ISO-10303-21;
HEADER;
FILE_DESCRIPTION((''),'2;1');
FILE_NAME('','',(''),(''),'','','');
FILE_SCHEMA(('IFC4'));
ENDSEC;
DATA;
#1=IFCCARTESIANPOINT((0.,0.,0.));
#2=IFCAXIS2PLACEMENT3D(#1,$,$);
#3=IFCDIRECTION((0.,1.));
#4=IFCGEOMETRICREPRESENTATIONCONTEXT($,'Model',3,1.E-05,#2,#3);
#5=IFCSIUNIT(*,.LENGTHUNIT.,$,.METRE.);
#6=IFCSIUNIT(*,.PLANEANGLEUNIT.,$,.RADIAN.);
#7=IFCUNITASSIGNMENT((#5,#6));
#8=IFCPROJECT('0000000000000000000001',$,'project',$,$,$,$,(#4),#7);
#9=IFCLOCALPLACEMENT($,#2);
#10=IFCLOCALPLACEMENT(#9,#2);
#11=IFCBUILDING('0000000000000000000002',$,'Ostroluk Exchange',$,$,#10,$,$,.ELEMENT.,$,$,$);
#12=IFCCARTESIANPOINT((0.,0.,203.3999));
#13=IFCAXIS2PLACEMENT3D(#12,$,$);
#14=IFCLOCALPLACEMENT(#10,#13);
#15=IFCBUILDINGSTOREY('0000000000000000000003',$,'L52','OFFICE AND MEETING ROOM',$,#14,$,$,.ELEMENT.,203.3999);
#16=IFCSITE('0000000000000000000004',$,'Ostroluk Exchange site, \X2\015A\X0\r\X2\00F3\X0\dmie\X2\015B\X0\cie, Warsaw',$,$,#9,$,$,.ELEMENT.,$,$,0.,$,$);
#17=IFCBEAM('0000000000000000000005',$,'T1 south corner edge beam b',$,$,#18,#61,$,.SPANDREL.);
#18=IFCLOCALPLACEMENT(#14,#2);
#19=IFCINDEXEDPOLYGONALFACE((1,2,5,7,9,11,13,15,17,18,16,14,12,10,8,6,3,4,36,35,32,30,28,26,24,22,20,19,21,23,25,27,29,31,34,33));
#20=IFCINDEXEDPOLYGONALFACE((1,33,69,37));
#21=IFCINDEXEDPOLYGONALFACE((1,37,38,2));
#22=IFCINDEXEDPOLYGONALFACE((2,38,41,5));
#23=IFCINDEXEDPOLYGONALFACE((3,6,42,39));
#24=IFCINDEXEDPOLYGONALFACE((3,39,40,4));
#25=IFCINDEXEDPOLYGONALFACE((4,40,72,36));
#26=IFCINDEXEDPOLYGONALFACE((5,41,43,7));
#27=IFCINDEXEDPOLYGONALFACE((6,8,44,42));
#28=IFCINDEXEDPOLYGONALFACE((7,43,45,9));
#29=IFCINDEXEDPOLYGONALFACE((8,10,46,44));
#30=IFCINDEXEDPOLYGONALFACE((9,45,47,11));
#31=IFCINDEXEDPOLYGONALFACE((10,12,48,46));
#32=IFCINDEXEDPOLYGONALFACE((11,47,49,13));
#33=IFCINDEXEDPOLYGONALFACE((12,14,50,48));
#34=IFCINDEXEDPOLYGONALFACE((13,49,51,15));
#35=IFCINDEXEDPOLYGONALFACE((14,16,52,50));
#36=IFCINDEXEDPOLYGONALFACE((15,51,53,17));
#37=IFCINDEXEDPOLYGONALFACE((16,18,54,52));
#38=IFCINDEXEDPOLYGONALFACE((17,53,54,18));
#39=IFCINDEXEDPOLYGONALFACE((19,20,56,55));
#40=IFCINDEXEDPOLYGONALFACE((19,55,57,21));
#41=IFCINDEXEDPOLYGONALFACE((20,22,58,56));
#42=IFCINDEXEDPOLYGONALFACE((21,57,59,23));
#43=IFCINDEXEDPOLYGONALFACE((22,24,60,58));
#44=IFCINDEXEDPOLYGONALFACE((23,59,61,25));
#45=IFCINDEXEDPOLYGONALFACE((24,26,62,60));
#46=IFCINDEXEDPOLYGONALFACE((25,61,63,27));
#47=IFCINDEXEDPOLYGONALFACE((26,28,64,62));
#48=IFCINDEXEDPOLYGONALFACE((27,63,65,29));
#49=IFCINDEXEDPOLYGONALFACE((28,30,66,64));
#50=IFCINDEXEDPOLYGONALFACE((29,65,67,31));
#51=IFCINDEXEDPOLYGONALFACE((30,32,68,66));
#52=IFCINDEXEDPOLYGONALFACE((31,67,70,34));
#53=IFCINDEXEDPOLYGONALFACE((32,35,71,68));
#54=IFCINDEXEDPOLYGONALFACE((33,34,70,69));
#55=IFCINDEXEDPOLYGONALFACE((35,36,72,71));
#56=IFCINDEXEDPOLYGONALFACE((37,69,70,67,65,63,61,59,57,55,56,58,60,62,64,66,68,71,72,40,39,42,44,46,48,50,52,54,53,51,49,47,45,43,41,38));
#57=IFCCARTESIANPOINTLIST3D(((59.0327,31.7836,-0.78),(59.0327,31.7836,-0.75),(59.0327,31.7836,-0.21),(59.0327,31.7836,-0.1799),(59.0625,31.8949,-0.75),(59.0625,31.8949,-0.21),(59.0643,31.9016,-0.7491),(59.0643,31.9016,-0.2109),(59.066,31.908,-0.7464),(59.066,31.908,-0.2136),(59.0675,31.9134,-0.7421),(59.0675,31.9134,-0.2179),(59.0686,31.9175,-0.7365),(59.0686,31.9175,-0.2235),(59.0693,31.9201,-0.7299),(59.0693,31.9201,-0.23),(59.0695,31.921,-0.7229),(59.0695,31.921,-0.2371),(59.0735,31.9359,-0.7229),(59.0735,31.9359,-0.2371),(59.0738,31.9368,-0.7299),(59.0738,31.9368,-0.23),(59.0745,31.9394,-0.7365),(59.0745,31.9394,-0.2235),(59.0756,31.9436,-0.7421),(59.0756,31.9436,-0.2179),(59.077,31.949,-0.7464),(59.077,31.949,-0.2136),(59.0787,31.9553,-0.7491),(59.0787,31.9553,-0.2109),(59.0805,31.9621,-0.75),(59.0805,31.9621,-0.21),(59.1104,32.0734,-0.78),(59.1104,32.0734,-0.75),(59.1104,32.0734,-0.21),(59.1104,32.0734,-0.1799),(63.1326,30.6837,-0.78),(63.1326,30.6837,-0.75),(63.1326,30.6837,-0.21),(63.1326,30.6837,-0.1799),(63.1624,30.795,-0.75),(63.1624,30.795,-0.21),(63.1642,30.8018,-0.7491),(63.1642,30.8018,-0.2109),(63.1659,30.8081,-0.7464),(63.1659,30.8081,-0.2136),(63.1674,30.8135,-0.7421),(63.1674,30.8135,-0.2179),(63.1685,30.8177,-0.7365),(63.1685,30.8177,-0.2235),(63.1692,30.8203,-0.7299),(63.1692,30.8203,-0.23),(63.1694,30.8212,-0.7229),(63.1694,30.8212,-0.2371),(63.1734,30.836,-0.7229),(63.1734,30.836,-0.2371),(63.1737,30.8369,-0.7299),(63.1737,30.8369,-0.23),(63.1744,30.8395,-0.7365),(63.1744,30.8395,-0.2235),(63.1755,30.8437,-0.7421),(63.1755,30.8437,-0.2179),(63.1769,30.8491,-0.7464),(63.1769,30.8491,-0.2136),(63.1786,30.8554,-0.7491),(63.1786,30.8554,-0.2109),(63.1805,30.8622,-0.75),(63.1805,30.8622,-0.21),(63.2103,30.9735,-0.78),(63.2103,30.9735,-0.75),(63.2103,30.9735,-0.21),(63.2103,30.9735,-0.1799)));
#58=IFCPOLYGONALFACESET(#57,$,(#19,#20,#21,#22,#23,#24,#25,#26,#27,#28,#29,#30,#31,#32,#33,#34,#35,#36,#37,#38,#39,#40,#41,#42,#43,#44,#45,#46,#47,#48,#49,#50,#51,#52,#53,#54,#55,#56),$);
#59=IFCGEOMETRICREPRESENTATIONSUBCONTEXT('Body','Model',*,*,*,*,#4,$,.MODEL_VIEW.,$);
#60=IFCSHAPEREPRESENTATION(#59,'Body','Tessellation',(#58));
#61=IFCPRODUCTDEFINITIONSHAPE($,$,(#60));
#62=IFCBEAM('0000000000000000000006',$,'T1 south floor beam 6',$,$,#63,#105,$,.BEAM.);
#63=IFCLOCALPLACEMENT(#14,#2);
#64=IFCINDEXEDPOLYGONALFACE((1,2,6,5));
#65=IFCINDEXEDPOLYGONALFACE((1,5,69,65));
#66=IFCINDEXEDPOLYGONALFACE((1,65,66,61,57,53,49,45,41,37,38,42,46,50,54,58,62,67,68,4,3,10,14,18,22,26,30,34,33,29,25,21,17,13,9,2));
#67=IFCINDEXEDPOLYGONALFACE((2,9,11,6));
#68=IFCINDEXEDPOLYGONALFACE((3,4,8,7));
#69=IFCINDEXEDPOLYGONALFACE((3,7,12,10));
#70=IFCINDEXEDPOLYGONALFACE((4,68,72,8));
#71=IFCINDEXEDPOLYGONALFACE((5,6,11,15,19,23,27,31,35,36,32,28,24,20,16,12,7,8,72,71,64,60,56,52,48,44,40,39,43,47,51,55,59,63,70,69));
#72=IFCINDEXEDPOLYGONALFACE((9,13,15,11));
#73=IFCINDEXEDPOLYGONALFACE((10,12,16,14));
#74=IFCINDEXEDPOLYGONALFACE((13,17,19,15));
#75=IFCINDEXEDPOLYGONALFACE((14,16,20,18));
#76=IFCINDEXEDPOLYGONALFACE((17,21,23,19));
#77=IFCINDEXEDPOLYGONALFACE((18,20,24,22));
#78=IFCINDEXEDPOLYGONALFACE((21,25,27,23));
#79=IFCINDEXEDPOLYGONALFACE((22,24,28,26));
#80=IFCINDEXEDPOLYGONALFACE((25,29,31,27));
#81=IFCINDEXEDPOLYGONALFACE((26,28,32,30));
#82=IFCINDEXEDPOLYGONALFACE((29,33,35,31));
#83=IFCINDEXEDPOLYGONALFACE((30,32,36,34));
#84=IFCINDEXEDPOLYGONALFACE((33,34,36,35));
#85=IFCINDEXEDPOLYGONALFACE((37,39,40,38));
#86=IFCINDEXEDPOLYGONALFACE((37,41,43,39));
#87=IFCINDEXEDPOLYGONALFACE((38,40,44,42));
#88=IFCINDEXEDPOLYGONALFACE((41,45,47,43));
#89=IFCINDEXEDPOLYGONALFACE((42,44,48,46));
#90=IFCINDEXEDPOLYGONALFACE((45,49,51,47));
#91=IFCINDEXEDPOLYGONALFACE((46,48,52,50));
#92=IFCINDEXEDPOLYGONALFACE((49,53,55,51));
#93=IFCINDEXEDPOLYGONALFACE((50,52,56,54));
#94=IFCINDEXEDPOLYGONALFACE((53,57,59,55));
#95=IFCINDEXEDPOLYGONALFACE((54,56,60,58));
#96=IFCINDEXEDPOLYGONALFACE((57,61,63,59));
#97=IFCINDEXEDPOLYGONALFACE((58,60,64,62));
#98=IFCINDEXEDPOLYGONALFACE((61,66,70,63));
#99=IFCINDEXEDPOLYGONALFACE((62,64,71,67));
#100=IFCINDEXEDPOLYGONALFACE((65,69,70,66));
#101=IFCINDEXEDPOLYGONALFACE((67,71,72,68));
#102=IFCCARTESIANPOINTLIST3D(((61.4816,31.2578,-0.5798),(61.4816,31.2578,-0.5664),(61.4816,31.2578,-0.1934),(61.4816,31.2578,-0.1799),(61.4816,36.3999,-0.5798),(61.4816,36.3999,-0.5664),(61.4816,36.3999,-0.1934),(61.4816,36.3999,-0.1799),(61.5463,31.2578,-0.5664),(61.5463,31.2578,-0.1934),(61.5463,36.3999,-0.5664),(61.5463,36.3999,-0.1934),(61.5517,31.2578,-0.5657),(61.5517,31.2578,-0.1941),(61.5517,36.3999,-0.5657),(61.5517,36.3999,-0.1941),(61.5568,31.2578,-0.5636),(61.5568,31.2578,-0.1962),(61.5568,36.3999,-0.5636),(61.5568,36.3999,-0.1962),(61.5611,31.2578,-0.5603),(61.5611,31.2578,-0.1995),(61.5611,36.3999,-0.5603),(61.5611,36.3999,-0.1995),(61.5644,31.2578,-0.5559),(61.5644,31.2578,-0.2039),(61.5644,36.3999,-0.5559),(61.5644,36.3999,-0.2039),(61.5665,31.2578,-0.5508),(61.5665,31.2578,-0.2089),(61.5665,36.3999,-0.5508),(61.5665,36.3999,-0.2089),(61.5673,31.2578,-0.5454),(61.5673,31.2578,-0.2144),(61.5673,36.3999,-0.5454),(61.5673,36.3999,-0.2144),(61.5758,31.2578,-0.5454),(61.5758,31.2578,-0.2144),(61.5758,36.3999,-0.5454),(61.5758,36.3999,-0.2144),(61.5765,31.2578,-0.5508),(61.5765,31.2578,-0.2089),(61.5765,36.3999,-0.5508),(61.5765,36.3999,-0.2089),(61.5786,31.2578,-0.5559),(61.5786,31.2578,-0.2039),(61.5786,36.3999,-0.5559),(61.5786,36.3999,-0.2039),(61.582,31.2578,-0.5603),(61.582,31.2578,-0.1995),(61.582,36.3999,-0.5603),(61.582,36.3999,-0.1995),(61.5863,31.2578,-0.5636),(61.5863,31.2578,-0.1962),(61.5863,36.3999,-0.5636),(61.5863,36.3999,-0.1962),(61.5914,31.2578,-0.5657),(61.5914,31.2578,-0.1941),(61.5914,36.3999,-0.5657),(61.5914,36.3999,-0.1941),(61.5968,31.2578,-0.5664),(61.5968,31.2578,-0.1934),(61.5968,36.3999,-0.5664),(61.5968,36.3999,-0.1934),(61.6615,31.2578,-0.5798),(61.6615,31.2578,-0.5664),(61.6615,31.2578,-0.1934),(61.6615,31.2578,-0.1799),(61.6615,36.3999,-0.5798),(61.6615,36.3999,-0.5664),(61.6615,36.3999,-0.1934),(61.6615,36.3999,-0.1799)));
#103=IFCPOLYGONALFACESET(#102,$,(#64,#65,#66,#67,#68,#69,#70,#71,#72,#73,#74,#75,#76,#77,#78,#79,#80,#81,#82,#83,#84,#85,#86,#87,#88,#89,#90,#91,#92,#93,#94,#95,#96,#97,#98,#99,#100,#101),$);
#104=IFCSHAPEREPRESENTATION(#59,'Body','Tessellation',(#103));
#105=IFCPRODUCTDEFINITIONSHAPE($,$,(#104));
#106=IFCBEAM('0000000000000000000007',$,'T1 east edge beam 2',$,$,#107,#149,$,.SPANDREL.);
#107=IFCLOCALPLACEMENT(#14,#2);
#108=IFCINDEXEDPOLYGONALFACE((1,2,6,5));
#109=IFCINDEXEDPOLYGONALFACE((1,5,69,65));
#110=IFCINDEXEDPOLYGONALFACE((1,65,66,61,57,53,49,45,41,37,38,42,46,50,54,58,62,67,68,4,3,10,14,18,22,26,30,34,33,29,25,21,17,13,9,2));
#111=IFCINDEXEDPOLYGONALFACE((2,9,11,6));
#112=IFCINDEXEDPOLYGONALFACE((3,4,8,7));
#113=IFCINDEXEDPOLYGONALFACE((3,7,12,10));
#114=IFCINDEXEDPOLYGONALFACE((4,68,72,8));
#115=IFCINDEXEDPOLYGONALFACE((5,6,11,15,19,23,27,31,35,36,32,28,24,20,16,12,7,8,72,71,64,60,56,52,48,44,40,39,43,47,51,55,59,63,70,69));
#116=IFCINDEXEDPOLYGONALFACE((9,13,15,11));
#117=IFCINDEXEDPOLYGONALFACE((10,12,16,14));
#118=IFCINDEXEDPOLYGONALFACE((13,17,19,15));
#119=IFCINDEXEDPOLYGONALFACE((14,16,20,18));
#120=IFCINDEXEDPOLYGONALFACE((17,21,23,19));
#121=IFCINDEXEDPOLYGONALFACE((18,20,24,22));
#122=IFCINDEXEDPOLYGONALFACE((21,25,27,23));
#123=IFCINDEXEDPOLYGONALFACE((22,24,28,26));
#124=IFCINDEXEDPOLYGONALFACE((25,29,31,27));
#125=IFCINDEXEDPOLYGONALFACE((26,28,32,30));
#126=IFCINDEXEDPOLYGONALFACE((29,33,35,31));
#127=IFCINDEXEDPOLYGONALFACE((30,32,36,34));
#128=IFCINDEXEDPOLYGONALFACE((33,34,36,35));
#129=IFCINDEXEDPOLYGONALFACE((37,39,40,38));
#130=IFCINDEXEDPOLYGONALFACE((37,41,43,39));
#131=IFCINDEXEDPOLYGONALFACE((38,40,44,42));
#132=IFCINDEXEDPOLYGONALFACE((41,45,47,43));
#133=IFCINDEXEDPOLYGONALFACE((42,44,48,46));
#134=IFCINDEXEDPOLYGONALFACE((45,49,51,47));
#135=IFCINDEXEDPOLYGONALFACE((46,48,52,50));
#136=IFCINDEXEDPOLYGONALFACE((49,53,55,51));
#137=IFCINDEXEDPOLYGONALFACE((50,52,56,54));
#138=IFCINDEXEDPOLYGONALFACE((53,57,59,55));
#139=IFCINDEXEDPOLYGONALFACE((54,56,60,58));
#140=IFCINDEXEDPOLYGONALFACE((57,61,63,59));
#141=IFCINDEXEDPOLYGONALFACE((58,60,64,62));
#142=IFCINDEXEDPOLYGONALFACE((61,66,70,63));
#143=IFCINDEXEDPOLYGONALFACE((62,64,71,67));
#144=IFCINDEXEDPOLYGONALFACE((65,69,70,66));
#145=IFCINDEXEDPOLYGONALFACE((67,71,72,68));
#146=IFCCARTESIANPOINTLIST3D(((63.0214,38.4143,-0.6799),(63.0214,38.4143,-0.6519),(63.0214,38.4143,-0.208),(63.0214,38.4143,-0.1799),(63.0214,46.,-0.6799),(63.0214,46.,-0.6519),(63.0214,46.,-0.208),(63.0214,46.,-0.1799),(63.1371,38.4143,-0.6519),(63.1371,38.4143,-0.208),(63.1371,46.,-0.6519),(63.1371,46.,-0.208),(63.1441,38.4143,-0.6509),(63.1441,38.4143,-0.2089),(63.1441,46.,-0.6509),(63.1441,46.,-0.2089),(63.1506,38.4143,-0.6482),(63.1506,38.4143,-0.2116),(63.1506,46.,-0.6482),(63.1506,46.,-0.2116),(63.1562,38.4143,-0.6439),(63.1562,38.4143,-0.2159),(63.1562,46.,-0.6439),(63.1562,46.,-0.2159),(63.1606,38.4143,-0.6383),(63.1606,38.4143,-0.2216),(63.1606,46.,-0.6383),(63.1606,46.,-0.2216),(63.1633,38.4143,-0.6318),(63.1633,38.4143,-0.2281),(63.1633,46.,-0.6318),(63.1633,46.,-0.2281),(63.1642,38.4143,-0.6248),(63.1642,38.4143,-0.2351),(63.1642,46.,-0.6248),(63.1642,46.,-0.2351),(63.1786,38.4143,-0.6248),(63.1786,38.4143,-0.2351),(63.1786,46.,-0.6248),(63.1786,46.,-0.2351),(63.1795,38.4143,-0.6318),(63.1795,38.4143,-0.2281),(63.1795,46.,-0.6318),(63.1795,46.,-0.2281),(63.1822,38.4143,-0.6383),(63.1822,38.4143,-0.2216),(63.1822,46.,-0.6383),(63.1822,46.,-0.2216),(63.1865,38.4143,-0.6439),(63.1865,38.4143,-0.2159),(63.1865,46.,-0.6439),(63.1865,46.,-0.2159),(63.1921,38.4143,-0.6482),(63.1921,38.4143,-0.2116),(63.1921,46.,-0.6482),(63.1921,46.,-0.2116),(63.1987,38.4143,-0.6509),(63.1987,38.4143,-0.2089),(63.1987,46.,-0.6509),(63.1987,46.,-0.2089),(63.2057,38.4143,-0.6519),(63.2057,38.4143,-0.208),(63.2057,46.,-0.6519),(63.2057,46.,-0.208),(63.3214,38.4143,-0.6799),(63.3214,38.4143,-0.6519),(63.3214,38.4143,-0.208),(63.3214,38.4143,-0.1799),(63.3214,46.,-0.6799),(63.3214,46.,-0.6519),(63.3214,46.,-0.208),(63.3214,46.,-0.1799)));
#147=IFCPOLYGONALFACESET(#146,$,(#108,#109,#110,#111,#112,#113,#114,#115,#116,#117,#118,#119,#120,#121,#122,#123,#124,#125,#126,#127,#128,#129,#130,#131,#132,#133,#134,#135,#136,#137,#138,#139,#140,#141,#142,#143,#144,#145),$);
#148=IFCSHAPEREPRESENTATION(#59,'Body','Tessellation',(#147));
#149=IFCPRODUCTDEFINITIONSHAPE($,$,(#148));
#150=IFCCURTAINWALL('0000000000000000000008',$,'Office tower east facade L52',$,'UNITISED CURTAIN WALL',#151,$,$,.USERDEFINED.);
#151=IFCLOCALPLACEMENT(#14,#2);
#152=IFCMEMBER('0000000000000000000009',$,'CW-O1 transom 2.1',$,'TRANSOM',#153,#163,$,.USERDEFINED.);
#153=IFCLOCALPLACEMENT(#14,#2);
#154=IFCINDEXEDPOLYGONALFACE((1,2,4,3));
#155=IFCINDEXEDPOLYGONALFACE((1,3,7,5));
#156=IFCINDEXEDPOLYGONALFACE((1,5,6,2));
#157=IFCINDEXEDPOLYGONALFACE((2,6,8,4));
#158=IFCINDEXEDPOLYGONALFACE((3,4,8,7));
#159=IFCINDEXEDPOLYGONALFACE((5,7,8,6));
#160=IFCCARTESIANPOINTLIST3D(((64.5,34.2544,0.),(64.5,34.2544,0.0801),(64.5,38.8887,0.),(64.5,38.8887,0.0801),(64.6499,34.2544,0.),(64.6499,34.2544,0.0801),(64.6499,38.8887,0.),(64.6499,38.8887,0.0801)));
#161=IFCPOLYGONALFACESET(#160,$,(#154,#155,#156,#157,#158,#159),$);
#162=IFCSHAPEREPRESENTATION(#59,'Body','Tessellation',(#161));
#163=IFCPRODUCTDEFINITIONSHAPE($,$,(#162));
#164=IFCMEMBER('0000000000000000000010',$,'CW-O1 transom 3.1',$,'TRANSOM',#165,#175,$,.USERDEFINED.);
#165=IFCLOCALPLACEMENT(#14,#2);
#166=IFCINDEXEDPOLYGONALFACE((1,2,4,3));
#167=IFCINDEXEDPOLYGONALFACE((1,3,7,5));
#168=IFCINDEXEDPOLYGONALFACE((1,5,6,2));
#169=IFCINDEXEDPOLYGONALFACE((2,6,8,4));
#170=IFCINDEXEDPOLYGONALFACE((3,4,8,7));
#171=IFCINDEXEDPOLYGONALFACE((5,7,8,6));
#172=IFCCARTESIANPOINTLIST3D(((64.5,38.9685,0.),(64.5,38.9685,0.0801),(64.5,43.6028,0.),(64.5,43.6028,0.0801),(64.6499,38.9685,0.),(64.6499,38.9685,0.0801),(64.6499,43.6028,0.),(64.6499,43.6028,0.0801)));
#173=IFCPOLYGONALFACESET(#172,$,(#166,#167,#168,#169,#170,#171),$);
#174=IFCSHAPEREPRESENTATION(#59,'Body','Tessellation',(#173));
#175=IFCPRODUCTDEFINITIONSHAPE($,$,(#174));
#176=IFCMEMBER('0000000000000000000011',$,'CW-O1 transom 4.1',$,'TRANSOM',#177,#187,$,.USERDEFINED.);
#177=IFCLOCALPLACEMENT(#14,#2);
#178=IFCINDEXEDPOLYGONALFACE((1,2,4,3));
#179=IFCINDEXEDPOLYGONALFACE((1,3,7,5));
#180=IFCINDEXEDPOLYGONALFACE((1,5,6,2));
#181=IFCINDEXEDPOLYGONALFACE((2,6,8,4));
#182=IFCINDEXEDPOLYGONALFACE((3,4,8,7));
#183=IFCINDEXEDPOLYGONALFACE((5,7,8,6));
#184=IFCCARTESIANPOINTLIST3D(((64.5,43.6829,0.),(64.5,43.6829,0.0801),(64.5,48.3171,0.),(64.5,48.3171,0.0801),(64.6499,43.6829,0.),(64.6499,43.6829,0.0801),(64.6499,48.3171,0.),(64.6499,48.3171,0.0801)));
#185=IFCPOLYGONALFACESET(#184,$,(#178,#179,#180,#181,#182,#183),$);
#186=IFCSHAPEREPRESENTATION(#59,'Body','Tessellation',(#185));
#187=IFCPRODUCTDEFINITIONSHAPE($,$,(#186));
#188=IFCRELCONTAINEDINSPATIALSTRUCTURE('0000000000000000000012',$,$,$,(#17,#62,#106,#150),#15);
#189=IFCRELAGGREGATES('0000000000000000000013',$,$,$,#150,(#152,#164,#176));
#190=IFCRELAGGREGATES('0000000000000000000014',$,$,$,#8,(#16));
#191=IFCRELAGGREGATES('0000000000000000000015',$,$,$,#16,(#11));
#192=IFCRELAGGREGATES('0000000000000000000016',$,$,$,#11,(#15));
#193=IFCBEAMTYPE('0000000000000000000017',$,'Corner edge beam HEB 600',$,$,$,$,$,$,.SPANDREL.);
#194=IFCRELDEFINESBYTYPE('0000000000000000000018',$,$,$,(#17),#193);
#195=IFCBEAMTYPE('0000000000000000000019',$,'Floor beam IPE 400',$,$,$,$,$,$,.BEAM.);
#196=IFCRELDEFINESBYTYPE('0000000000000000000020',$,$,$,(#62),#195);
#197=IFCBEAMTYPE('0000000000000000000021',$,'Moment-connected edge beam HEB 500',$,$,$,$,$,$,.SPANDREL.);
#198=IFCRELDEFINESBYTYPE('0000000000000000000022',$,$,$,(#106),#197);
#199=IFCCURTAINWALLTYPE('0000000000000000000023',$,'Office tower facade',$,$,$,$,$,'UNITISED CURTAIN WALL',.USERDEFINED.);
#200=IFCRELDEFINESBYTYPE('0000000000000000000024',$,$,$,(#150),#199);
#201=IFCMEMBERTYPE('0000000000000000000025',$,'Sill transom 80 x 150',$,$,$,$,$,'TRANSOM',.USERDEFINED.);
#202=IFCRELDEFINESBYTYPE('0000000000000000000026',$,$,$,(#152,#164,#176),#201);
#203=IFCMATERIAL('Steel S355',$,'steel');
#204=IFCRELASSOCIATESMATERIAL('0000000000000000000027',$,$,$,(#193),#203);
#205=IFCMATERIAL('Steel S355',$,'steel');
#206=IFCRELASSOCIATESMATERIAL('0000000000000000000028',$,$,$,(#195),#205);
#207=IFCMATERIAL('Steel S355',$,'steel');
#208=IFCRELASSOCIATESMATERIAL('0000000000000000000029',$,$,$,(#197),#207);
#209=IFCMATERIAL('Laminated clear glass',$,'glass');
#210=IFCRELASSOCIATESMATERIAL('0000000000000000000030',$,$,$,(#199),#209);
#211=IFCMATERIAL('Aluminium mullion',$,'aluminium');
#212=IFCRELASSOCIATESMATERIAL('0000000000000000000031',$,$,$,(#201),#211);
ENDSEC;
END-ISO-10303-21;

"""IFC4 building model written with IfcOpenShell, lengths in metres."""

from ifc_helpers import new_model, si_unit, direction, frame, origin, origin_2d, place, context, subcontext, project, spatial, rectangle, i_section, extrude, material, material_profile, profile_set, type_object, element, aggregate, save


model = new_model("IFC4")

# Units and contexts
model_context = context("Model", 3, precision=1e-05, world=origin(), true_north=direction((0.0, 1.0)))
body_context = subcontext(model_context, "Body", "Model", "MODEL_VIEW")
ifc_project = project(units=[si_unit("LENGTHUNIT", "METRE"), si_unit("PLANEANGLEUNIT", "RADIAN")], contexts=[model_context])

# Site, building, storey
site_placement = place(None, origin())
site = spatial("IfcSite", under=ifc_project, at=site_placement, Name="Ostroluk Exchange site, Śródmieście, Warsaw", CompositionType="ELEMENT", RefElevation=0.0)
building_placement = place(site_placement, origin())
building = spatial("IfcBuilding", under=site, at=building_placement, Name="Ostroluk Exchange", CompositionType="ELEMENT")
storey_placement = place(building_placement, frame((0.0, 0.0, 203.3999)))
storey = spatial("IfcBuildingStorey", under=building, at=storey_placement, Name="L52", Description="OFFICE AND MEETING ROOM", CompositionType="ELEMENT", Elevation=203.3999)

# Beams
ifc_material_1 = material(Name="Steel S355", Category="steel")
ifc_material_profile_1 = material_profile(ifc_material_1, i_section(OverallWidth=0.3, OverallDepth=0.6001, WebThickness=0.0154, FlangeThickness=0.03, FilletRadius=0.0271, at=origin_2d()), Name="HEB 600")
ifc_profile_set_1 = profile_set([ifc_material_profile_1], Name="Steel S355")
beam_type_1 = type_object("IfcBeamType", Name="Corner edge beam HEB 600", PredefinedType="SPANDREL", material=ifc_profile_set_1)
for number, where, z_axis, x_axis, name in (
    (1, (59.0715, 31.9285, -0.48), (0.965849, -0.259105, 0.0), (0.259105, 0.965849, 0.0), "T1 south corner edge beam b"),
):
    element("IfcBeam", number, at=place(storey_placement, frame(where, z_axis=z_axis, x_axis=x_axis)), inside=storey, type_object=beam_type_1, Name=name, PredefinedType="SPANDREL", context=body_context, shape_type="SweptSolid", body=[
        extrude(i_section(OverallWidth=0.3, OverallDepth=0.6001, WebThickness=0.0154, FlangeThickness=0.03, FilletRadius=0.0271, at=origin_2d()), origin(), (0.0, 0.0, 1.0), 4.2449),
    ])
ifc_material_2 = material(Name="Steel S355", Category="steel")
ifc_material_profile_2 = material_profile(ifc_material_2, i_section(OverallWidth=0.1799, OverallDepth=0.3999, WebThickness=0.0085, FlangeThickness=0.0134, FilletRadius=0.021, at=origin_2d()), Name="IPE 400")
ifc_profile_set_2 = profile_set([ifc_material_profile_2], Name="Steel S355")
beam_type_2 = type_object("IfcBeamType", Name="Floor beam IPE 400", PredefinedType="BEAM", material=ifc_profile_set_2)
beam_1_placement = place(storey_placement, frame((61.5715, 36.3999, -0.3799), z_axis=(0.0, -1.0, 0.0), x_axis=(1.0, 0.0, 0.0)))
element("IfcBeam", 2, at=beam_1_placement, inside=storey, type_object=beam_type_2, Name="T1 south floor beam 6", PredefinedType="BEAM", context=body_context, shape_type="SweptSolid", body=[
    extrude(i_section(OverallWidth=0.1799, OverallDepth=0.3999, WebThickness=0.0085, FlangeThickness=0.0134, FilletRadius=0.021, at=origin_2d()), origin(), (0.0, 0.0, 1.0), 5.1421),
])
ifc_material_3 = material(Name="Steel S355", Category="steel")
ifc_material_profile_3 = material_profile(ifc_material_3, i_section(OverallWidth=0.3, OverallDepth=0.5, WebThickness=0.0144, FlangeThickness=0.0281, FilletRadius=0.0271, at=origin_2d()), Name="HEB 500")
ifc_profile_set_3 = profile_set([ifc_material_profile_3], Name="Steel S355")
beam_type_3 = type_object("IfcBeamType", Name="Moment-connected edge beam HEB 500", PredefinedType="SPANDREL", material=ifc_profile_set_3)
beam_2_placement = place(storey_placement, frame((63.1714, 38.4143, -0.4299), z_axis=(0.0, 1.0, 0.0), x_axis=(-1.0, 0.0, 0.0)))
element("IfcBeam", 3, at=beam_2_placement, inside=storey, type_object=beam_type_3, Name="T1 east edge beam 2", PredefinedType="SPANDREL", context=body_context, shape_type="SweptSolid", body=[
    extrude(i_section(OverallWidth=0.3, OverallDepth=0.5, WebThickness=0.0144, FlangeThickness=0.0281, FilletRadius=0.0271, at=origin_2d()), origin(), (0.0, 0.0, 1.0), 7.5857),
])

# Curtain wall, members
ifc_material_4 = material(Name="Laminated clear glass", Category="glass")
curtain_wall_type = type_object("IfcCurtainWallType", Name="Office tower facade", ElementType="UNITISED CURTAIN WALL", PredefinedType="USERDEFINED", material=ifc_material_4)
curtain_wall_placement = place(storey_placement, origin())
curtain_wall = element("IfcCurtainWall", 4, at=curtain_wall_placement, inside=storey, type_object=curtain_wall_type, Name="Office tower east facade L52", ObjectType="UNITISED CURTAIN WALL", PredefinedType="USERDEFINED")
ifc_material_5 = material(Name="Aluminium mullion", Category="aluminium")
ifc_material_profile_4 = material_profile(ifc_material_5, rectangle(XDim=0.1499, YDim=0.0801, at=origin_2d()), Name="Sill transom 80 x 150")
ifc_profile_set_4 = profile_set([ifc_material_profile_4], Name="Aluminium mullion")
member_type_1 = type_object("IfcMemberType", Name="Sill transom 80 x 150", ElementType="TRANSOM", PredefinedType="USERDEFINED", material=ifc_profile_set_4)
member_1_placement = place(storey_placement, frame((64.575, 34.2544, 0.04), z_axis=(0.0, 1.0, 0.0), x_axis=(-1.0, 0.0, 0.0)))
member_1 = element("IfcMember", 5, at=member_1_placement, type_object=member_type_1, Name="CW-O1 transom 2.1", ObjectType="TRANSOM", PredefinedType="USERDEFINED", context=body_context, shape_type="SweptSolid", body=[
    extrude(rectangle(XDim=0.1499, YDim=0.0801, at=origin_2d()), origin(), (0.0, 0.0, 1.0), 4.6343),
])
member_2_placement = place(storey_placement, frame((64.575, 38.9685, 0.04), z_axis=(0.0, 1.0, 0.0), x_axis=(-1.0, 0.0, 0.0)))
member_2 = element("IfcMember", 6, at=member_2_placement, type_object=member_type_1, Name="CW-O1 transom 3.1", ObjectType="TRANSOM", PredefinedType="USERDEFINED", context=body_context, shape_type="SweptSolid", body=[
    extrude(rectangle(XDim=0.1499, YDim=0.0801, at=origin_2d()), origin(), (0.0, 0.0, 1.0), 4.6343),
])
member_3_placement = place(storey_placement, frame((64.575, 43.6829, 0.04), z_axis=(0.0, 1.0, 0.0), x_axis=(-1.0, 0.0, 0.0)))
member_3 = element("IfcMember", 7, at=member_3_placement, type_object=member_type_1, Name="CW-O1 transom 4.1", ObjectType="TRANSOM", PredefinedType="USERDEFINED", context=body_context, shape_type="SweptSolid", body=[
    extrude(rectangle(XDim=0.1499, YDim=0.0801, at=origin_2d()), origin(), (0.0, 0.0, 1.0), 4.6343),
])
aggregate(curtain_wall, [member_1, member_2, member_3])

save(model, "model.ifc")
